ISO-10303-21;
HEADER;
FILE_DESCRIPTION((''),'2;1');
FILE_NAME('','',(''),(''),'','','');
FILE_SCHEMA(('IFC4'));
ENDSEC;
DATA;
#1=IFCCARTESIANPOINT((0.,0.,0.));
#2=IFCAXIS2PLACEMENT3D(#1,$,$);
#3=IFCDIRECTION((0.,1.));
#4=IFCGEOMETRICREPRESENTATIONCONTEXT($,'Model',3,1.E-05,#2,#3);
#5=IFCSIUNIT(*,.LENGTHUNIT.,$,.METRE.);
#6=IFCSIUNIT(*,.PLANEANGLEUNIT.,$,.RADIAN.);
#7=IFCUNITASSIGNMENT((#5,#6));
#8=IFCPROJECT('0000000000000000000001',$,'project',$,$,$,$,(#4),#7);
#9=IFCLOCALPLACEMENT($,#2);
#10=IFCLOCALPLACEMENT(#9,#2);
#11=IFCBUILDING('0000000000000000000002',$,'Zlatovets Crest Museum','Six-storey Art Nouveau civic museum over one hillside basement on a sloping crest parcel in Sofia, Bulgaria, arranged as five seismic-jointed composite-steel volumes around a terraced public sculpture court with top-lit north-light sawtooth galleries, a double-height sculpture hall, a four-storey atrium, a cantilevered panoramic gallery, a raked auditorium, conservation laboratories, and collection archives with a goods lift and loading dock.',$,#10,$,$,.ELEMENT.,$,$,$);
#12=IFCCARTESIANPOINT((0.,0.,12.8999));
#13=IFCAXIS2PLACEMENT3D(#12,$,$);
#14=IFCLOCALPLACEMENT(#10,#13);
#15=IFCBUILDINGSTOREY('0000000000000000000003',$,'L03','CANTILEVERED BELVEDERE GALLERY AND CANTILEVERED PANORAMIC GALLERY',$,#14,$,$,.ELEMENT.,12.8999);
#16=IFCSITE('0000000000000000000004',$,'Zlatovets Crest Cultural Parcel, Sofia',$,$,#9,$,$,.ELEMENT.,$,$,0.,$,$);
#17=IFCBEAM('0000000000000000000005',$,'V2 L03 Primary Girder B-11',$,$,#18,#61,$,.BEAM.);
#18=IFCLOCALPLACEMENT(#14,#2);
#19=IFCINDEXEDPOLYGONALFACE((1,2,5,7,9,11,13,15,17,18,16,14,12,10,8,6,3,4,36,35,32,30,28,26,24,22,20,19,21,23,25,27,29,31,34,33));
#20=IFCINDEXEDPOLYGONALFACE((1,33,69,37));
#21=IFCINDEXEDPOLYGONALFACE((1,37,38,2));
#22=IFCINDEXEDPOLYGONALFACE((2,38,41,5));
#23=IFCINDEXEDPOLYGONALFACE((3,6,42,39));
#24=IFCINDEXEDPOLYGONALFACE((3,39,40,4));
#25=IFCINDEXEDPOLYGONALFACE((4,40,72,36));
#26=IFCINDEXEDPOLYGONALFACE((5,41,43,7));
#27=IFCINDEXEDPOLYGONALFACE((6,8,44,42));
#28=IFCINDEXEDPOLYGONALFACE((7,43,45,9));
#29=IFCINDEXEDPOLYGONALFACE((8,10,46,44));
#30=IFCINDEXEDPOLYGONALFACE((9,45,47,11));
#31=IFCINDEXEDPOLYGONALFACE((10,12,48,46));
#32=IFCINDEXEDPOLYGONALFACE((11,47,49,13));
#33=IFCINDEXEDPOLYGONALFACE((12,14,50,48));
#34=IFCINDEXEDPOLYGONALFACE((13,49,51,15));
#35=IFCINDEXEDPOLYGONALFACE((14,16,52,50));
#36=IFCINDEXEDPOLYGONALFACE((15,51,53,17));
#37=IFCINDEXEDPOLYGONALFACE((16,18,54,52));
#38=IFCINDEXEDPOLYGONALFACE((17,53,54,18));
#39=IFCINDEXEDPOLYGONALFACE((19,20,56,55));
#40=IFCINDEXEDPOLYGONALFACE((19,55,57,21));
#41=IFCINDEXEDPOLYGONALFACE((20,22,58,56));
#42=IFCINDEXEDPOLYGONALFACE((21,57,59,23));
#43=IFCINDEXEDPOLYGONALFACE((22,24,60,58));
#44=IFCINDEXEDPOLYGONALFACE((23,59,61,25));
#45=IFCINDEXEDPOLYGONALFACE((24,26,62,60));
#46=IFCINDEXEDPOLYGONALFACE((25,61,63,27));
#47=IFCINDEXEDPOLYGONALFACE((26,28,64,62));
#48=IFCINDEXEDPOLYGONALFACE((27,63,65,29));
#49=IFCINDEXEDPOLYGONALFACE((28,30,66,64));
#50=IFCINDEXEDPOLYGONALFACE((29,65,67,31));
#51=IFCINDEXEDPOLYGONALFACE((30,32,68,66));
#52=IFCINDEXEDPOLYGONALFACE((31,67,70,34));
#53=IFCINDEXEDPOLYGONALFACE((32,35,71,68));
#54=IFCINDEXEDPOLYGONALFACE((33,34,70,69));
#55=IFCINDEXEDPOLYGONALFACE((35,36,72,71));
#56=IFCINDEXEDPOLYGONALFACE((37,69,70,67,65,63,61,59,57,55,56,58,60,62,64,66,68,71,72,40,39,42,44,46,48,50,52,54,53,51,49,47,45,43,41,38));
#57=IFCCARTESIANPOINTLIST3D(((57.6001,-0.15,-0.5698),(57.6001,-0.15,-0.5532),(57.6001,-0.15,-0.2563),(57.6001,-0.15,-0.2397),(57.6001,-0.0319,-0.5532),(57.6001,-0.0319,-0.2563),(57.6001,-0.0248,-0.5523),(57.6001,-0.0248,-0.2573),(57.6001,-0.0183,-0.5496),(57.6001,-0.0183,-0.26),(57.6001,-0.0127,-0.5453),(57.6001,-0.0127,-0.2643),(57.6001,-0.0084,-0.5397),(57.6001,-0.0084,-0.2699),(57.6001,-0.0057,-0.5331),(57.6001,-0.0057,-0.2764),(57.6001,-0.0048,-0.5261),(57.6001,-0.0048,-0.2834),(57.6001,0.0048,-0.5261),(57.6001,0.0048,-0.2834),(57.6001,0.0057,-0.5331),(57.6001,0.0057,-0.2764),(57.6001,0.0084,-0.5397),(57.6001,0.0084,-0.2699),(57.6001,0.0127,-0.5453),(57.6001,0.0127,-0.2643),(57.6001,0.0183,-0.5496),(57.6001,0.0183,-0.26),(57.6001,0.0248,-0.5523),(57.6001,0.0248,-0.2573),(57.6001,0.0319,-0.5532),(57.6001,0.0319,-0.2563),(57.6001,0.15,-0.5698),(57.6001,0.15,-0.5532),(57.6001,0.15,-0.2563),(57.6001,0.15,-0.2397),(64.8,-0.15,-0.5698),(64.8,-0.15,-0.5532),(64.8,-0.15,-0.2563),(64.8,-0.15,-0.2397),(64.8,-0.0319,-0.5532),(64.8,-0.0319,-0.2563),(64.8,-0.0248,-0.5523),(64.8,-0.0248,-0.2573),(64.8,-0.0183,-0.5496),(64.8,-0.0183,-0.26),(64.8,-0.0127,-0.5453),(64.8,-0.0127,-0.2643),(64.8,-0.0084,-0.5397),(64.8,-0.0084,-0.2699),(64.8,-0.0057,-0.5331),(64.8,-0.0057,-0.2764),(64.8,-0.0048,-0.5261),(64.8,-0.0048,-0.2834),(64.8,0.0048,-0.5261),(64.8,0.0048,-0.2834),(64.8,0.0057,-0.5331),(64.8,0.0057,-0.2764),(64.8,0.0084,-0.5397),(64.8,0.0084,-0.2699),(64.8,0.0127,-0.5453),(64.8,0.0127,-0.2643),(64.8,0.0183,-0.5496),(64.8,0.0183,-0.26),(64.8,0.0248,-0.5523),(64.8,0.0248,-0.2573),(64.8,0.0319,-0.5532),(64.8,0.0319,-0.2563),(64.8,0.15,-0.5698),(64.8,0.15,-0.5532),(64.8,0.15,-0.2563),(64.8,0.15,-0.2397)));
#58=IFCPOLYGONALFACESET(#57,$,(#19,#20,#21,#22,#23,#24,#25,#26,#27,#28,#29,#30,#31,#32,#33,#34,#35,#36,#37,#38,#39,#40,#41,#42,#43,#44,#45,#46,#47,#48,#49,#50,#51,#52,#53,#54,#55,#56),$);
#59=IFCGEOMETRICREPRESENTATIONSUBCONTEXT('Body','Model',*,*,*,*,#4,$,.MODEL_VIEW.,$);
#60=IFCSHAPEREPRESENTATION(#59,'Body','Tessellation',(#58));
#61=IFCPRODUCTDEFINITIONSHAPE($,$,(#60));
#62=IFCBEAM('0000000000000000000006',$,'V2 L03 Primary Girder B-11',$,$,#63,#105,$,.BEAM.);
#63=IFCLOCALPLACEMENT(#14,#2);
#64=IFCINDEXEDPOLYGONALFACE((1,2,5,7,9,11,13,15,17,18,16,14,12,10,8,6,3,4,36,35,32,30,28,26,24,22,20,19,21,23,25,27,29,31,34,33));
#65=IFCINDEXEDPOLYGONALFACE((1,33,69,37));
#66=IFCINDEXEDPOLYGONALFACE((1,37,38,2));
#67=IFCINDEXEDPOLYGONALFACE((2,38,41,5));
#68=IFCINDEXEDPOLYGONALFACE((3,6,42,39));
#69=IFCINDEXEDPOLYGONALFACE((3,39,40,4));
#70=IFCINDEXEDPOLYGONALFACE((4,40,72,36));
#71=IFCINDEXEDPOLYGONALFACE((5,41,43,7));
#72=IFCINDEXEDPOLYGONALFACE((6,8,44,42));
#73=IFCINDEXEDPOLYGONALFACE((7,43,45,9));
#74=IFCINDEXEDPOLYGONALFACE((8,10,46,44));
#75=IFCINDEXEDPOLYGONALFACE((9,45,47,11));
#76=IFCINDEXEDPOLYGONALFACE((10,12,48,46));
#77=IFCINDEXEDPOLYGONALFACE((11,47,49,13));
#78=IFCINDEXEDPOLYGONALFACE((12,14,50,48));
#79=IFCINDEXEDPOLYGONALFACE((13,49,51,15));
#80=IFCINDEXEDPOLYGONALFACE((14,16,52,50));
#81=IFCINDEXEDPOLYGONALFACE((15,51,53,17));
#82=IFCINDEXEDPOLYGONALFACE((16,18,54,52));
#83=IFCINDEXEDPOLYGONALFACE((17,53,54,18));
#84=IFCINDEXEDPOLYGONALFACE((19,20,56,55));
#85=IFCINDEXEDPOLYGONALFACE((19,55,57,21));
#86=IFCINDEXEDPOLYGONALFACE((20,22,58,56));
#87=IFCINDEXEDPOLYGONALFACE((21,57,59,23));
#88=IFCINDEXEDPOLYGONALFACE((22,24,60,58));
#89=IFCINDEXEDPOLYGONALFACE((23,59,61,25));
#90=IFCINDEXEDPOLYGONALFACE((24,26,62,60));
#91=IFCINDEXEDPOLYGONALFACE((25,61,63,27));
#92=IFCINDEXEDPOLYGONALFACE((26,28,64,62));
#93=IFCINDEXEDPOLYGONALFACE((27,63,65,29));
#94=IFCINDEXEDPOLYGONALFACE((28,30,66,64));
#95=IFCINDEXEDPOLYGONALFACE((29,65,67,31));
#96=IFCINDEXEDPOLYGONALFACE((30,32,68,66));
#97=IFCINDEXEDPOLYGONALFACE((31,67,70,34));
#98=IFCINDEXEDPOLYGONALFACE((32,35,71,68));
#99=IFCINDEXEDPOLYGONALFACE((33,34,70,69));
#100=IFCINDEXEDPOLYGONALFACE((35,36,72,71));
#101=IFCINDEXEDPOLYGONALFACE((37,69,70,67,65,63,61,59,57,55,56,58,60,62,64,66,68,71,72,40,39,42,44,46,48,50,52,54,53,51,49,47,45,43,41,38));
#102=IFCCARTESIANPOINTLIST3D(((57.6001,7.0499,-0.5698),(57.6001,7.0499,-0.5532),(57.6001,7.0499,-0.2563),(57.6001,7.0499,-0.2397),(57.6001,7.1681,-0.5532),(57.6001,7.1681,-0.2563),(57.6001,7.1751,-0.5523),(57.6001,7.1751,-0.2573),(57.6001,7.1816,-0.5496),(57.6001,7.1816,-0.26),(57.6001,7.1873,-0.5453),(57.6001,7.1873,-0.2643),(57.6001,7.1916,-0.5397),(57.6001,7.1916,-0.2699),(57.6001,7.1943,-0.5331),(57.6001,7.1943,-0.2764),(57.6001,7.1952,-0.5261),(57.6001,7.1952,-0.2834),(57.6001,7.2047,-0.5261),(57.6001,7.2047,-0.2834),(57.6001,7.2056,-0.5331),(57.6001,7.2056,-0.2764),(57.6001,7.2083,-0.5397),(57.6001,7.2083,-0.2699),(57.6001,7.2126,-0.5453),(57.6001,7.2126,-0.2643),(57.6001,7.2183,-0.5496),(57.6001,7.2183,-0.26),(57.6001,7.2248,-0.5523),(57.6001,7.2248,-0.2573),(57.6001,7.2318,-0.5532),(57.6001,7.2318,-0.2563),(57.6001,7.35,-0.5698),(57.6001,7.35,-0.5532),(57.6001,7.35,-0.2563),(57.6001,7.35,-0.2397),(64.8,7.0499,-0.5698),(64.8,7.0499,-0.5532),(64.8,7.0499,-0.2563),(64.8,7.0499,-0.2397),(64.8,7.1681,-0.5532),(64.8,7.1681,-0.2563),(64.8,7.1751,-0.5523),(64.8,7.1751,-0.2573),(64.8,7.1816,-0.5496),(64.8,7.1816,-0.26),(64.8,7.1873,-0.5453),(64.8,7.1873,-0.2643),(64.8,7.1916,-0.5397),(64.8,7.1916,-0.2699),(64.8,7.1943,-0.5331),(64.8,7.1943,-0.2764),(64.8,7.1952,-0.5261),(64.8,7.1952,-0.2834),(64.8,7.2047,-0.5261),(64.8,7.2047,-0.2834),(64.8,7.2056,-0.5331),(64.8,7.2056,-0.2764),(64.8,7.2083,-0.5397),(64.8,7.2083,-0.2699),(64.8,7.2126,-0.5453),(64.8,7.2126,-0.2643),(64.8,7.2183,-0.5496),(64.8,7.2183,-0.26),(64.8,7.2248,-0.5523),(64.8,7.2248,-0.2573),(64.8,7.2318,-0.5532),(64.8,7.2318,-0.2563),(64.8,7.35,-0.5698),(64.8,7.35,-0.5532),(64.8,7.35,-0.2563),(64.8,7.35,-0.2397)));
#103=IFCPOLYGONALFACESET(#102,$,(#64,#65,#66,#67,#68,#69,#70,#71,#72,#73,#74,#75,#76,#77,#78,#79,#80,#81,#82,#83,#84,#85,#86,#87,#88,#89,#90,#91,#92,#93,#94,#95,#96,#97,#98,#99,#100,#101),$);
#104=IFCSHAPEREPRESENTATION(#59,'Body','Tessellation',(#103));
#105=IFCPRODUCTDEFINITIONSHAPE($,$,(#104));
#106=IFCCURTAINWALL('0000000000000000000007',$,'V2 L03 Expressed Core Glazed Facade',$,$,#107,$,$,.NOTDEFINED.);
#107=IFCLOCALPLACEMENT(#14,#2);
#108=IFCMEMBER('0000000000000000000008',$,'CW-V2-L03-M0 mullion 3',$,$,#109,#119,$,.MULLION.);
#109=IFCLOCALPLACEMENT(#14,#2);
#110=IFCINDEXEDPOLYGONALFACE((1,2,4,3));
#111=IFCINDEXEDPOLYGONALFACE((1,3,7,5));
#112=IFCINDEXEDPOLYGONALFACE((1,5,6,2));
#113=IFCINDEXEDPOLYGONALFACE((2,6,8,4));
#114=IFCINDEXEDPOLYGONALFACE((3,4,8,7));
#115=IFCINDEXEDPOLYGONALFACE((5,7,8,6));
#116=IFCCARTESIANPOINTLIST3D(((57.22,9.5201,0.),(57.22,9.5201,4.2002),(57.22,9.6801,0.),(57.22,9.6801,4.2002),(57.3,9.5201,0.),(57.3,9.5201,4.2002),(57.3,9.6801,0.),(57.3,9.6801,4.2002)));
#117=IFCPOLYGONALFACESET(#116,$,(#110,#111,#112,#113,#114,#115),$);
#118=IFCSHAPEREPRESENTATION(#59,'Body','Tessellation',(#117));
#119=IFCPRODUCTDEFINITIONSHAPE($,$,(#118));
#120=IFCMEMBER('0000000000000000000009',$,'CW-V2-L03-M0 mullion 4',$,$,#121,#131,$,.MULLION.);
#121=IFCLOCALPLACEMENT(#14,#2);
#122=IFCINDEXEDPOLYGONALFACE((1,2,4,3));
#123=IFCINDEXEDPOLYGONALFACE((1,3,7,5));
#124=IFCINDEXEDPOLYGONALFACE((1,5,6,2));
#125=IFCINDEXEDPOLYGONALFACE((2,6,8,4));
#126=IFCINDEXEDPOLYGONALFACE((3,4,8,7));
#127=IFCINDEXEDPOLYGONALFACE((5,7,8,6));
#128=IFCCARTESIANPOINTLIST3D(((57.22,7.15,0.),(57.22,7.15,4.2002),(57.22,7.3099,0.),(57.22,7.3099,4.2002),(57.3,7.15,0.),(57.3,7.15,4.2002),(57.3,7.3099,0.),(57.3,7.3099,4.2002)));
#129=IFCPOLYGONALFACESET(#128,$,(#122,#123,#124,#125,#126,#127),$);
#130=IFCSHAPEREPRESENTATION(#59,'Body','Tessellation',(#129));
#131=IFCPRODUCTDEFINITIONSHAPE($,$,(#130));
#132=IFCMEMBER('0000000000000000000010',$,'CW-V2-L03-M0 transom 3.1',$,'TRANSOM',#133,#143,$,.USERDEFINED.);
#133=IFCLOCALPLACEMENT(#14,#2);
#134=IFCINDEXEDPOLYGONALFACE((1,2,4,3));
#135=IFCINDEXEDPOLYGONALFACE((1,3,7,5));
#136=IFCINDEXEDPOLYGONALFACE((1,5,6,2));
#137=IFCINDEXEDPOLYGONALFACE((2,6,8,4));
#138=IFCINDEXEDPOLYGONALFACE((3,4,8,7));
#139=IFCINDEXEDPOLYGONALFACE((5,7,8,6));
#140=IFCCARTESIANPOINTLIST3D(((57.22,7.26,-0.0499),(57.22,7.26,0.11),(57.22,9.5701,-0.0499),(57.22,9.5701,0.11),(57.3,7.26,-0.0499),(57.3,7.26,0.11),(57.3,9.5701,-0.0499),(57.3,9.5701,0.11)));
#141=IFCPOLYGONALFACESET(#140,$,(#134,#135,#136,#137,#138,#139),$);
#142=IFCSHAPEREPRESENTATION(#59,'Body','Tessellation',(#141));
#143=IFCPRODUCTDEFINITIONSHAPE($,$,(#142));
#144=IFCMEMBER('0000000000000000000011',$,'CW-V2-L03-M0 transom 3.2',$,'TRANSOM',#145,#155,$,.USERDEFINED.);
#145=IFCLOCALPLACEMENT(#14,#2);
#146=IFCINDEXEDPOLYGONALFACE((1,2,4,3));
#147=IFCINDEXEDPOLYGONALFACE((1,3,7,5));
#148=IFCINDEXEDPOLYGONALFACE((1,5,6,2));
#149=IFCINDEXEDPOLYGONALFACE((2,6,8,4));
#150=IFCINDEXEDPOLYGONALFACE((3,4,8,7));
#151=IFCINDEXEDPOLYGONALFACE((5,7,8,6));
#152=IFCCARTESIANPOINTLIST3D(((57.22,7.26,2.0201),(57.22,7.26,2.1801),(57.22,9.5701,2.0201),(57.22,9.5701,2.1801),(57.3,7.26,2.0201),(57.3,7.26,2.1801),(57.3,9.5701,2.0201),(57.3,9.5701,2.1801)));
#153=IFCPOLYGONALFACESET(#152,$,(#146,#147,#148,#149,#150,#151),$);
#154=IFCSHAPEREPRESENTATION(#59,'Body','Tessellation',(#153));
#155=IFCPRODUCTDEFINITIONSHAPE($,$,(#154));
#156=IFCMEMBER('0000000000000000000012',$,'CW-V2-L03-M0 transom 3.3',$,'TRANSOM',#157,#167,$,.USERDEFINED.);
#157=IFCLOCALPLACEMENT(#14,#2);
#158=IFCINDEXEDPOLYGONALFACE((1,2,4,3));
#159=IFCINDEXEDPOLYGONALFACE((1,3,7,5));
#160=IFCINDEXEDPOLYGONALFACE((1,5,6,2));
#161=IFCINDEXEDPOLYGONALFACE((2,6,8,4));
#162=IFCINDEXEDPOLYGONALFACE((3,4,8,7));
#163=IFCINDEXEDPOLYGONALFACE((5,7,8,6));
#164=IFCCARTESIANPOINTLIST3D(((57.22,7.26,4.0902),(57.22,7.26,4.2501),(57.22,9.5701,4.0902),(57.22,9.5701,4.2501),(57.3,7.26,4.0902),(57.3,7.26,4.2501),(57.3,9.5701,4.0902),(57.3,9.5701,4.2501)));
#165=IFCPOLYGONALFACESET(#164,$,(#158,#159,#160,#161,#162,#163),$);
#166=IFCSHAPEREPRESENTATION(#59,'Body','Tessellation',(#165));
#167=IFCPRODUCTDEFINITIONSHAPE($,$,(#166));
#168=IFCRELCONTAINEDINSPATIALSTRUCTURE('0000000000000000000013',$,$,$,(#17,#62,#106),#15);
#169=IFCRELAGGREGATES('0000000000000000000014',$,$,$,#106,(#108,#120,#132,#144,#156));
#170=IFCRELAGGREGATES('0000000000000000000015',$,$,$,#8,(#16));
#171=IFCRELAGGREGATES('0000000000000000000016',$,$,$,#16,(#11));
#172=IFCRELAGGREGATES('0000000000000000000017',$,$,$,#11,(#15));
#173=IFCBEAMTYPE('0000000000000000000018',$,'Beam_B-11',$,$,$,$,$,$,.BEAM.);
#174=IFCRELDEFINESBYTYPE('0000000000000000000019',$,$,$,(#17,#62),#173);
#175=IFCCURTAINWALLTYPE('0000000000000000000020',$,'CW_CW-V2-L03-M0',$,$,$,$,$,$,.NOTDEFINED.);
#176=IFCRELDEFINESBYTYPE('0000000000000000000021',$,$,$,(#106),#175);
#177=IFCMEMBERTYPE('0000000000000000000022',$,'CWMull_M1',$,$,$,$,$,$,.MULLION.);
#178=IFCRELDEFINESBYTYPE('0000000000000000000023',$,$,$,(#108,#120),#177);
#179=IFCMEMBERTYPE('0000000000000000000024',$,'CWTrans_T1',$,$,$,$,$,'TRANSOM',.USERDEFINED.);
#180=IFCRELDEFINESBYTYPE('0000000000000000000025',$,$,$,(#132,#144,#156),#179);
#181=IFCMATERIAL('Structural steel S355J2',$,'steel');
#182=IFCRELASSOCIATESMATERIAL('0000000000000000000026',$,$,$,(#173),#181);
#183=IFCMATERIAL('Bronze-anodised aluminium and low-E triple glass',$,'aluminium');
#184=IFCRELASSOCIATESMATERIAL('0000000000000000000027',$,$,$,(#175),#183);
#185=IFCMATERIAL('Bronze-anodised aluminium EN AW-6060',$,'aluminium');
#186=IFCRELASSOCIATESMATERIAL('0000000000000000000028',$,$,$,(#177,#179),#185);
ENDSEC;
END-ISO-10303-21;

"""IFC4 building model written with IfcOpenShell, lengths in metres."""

from ifc_helpers import new_model, si_unit, direction, frame, origin, origin_2d, place, context, subcontext, project, spatial, rectangle, i_section, extrude, material, material_profile, profile_set, type_object, element, aggregate, save


model = new_model("IFC4")

# Units and contexts
model_context = context("Model", 3, precision=1e-05, world=origin(), true_north=direction((0.0, 1.0)))
body_context = subcontext(model_context, "Body", "Model", "MODEL_VIEW")
ifc_project = project(units=[si_unit("LENGTHUNIT", "METRE"), si_unit("PLANEANGLEUNIT", "RADIAN")], contexts=[model_context])

# Site, building, storey
site_placement = place(None, origin())
site = spatial("IfcSite", under=ifc_project, at=site_placement, Name="Zlatovets Crest Cultural Parcel, Sofia", CompositionType="ELEMENT", RefElevation=0.0)
building_placement = place(site_placement, origin())
building = spatial("IfcBuilding", under=site, at=building_placement, Name="Zlatovets Crest Museum", Description="Six-storey Art Nouveau civic museum over one hillside basement on a sloping crest parcel in Sofia, Bulgaria, arranged as five seismic-jointed composite-steel volumes around a terraced public sculpture court with top-lit north-light sawtooth galleries, a double-height sculpture hall, a four-storey atrium, a cantilevered panoramic gallery, a raked auditorium, conservation laboratories, and collection archives with a goods lift and loading dock.", CompositionType="ELEMENT")
storey_placement = place(building_placement, frame((0.0, 0.0, 12.8999)))
storey = spatial("IfcBuildingStorey", under=building, at=storey_placement, Name="L03", Description="CANTILEVERED BELVEDERE GALLERY AND CANTILEVERED PANORAMIC GALLERY", CompositionType="ELEMENT", Elevation=12.8999)

# Shared definitions
ifc_material_1 = material(Name="Structural steel S355J2", Category="steel")

# Beams
ifc_material_profile_1 = material_profile(ifc_material_1, i_section(OverallWidth=0.3, OverallDepth=0.3301, WebThickness=0.0095, FlangeThickness=0.0166, FilletRadius=0.0271, at=origin_2d()), Name="HEA 340")
ifc_profile_set_1 = profile_set([ifc_material_profile_1], Name="Structural steel S355J2")
beam_type_1 = type_object("IfcBeamType", Name="Beam_B-11", PredefinedType="BEAM", material=ifc_profile_set_1)
for number, where, z_axis, x_axis, name in (
    (1, (57.6001, 0.0, -0.4048), (1.0, 0.0, 0.0), (0.0, 1.0, 0.0), "V2 L03 Primary Girder B-11"),
    (2, (57.6001, 7.2, -0.4048), (1.0, 0.0, 0.0), (0.0, 1.0, 0.0), "V2 L03 Primary Girder B-11"),
):
    element("IfcBeam", number, at=place(storey_placement, frame(where, z_axis=z_axis, x_axis=x_axis)), inside=storey, type_object=beam_type_1, Name=name, PredefinedType="BEAM", context=body_context, shape_type="SweptSolid", body=[
        extrude(i_section(OverallWidth=0.3, OverallDepth=0.3301, WebThickness=0.0095, FlangeThickness=0.0166, FilletRadius=0.0271, at=origin_2d()), origin(), (0.0, 0.0, 1.0), 7.2),
    ])

# Curtain wall, members
ifc_material_2 = material(Name="Bronze-anodised aluminium and low-E triple glass", Category="aluminium")
curtain_wall_type = type_object("IfcCurtainWallType", Name="CW_CW-V2-L03-M0", PredefinedType="NOTDEFINED", material=ifc_material_2)
curtain_wall_placement = place(storey_placement, origin())
curtain_wall = element("IfcCurtainWall", 3, at=curtain_wall_placement, inside=storey, type_object=curtain_wall_type, Name="V2 L03 Expressed Core Glazed Facade", PredefinedType="NOTDEFINED")
ifc_material_3 = material(Name="Bronze-anodised aluminium EN AW-6060", Category="aluminium")
ifc_material_profile_2 = material_profile(ifc_material_3, rectangle(XDim=0.0801, YDim=0.1599, at=origin_2d()), Name="ALU 80x160")
ifc_profile_set_2 = profile_set([ifc_material_profile_2], Name="Bronze-anodised aluminium EN AW-6060")
member_type_1 = type_object("IfcMemberType", Name="CWMull_M1", PredefinedType="MULLION", material=ifc_profile_set_2)
member_1_placement = place(storey_placement, frame((57.26, 9.6001, 0.0), z_axis=(0.0, 0.0, 1.0), x_axis=(1.0, 0.0, 0.0)))
member_1 = element("IfcMember", 4, at=member_1_placement, type_object=member_type_1, Name="CW-V2-L03-M0 mullion 3", PredefinedType="MULLION", context=body_context, shape_type="SweptSolid", body=[
    extrude(rectangle(XDim=0.0801, YDim=0.1599, at=origin_2d()), origin(), (0.0, 0.0, 1.0), 4.2002),
])
member_2_placement = place(storey_placement, frame((57.26, 7.23, 0.0), z_axis=(0.0, 0.0, 1.0), x_axis=(1.0, 0.0, 0.0)))
member_2 = element("IfcMember", 5, at=member_2_placement, type_object=member_type_1, Name="CW-V2-L03-M0 mullion 4", PredefinedType="MULLION", context=body_context, shape_type="SweptSolid", body=[
    extrude(rectangle(XDim=0.0801, YDim=0.1599, at=origin_2d()), origin(), (0.0, 0.0, 1.0), 4.2002),
])
ifc_material_profile_3 = material_profile(ifc_material_3, rectangle(XDim=0.0801, YDim=0.1599, at=origin_2d()), Name="ALU 80x160")
ifc_profile_set_3 = profile_set([ifc_material_profile_3], Name="Bronze-anodised aluminium EN AW-6060")
member_type_2 = type_object("IfcMemberType", Name="CWTrans_T1", ElementType="TRANSOM", PredefinedType="USERDEFINED", material=ifc_profile_set_3)
member_3_placement = place(storey_placement, frame((57.26, 9.5701, 0.03), z_axis=(0.0, -1.0, 0.0), x_axis=(1.0, 0.0, 0.0)))
member_3 = element("IfcMember", 6, at=member_3_placement, type_object=member_type_2, Name="CW-V2-L03-M0 transom 3.1", ObjectType="TRANSOM", PredefinedType="USERDEFINED", context=body_context, shape_type="SweptSolid", body=[
    extrude(rectangle(XDim=0.0801, YDim=0.1599, at=origin_2d()), origin(), (0.0, 0.0, 1.0), 2.3101),
])
member_4_placement = place(storey_placement, frame((57.26, 9.5701, 2.1001), z_axis=(0.0, -1.0, 0.0), x_axis=(1.0, 0.0, 0.0)))
member_4 = element("IfcMember", 7, at=member_4_placement, type_object=member_type_2, Name="CW-V2-L03-M0 transom 3.2", ObjectType="TRANSOM", PredefinedType="USERDEFINED", context=body_context, shape_type="SweptSolid", body=[
    extrude(rectangle(XDim=0.0801, YDim=0.1599, at=origin_2d()), origin(), (0.0, 0.0, 1.0), 2.3101),
])
member_5_placement = place(storey_placement, frame((57.26, 9.5701, 4.1702), z_axis=(0.0, -1.0, 0.0), x_axis=(1.0, 0.0, 0.0)))
member_5 = element("IfcMember", 8, at=member_5_placement, type_object=member_type_2, Name="CW-V2-L03-M0 transom 3.3", ObjectType="TRANSOM", PredefinedType="USERDEFINED", context=body_context, shape_type="SweptSolid", body=[
    extrude(rectangle(XDim=0.0801, YDim=0.1599, at=origin_2d()), origin(), (0.0, 0.0, 1.0), 2.3101),
])

aggregate(curtain_wall, [member_1, member_2, member_3, member_4, member_5])

save(model, "model.ifc")
